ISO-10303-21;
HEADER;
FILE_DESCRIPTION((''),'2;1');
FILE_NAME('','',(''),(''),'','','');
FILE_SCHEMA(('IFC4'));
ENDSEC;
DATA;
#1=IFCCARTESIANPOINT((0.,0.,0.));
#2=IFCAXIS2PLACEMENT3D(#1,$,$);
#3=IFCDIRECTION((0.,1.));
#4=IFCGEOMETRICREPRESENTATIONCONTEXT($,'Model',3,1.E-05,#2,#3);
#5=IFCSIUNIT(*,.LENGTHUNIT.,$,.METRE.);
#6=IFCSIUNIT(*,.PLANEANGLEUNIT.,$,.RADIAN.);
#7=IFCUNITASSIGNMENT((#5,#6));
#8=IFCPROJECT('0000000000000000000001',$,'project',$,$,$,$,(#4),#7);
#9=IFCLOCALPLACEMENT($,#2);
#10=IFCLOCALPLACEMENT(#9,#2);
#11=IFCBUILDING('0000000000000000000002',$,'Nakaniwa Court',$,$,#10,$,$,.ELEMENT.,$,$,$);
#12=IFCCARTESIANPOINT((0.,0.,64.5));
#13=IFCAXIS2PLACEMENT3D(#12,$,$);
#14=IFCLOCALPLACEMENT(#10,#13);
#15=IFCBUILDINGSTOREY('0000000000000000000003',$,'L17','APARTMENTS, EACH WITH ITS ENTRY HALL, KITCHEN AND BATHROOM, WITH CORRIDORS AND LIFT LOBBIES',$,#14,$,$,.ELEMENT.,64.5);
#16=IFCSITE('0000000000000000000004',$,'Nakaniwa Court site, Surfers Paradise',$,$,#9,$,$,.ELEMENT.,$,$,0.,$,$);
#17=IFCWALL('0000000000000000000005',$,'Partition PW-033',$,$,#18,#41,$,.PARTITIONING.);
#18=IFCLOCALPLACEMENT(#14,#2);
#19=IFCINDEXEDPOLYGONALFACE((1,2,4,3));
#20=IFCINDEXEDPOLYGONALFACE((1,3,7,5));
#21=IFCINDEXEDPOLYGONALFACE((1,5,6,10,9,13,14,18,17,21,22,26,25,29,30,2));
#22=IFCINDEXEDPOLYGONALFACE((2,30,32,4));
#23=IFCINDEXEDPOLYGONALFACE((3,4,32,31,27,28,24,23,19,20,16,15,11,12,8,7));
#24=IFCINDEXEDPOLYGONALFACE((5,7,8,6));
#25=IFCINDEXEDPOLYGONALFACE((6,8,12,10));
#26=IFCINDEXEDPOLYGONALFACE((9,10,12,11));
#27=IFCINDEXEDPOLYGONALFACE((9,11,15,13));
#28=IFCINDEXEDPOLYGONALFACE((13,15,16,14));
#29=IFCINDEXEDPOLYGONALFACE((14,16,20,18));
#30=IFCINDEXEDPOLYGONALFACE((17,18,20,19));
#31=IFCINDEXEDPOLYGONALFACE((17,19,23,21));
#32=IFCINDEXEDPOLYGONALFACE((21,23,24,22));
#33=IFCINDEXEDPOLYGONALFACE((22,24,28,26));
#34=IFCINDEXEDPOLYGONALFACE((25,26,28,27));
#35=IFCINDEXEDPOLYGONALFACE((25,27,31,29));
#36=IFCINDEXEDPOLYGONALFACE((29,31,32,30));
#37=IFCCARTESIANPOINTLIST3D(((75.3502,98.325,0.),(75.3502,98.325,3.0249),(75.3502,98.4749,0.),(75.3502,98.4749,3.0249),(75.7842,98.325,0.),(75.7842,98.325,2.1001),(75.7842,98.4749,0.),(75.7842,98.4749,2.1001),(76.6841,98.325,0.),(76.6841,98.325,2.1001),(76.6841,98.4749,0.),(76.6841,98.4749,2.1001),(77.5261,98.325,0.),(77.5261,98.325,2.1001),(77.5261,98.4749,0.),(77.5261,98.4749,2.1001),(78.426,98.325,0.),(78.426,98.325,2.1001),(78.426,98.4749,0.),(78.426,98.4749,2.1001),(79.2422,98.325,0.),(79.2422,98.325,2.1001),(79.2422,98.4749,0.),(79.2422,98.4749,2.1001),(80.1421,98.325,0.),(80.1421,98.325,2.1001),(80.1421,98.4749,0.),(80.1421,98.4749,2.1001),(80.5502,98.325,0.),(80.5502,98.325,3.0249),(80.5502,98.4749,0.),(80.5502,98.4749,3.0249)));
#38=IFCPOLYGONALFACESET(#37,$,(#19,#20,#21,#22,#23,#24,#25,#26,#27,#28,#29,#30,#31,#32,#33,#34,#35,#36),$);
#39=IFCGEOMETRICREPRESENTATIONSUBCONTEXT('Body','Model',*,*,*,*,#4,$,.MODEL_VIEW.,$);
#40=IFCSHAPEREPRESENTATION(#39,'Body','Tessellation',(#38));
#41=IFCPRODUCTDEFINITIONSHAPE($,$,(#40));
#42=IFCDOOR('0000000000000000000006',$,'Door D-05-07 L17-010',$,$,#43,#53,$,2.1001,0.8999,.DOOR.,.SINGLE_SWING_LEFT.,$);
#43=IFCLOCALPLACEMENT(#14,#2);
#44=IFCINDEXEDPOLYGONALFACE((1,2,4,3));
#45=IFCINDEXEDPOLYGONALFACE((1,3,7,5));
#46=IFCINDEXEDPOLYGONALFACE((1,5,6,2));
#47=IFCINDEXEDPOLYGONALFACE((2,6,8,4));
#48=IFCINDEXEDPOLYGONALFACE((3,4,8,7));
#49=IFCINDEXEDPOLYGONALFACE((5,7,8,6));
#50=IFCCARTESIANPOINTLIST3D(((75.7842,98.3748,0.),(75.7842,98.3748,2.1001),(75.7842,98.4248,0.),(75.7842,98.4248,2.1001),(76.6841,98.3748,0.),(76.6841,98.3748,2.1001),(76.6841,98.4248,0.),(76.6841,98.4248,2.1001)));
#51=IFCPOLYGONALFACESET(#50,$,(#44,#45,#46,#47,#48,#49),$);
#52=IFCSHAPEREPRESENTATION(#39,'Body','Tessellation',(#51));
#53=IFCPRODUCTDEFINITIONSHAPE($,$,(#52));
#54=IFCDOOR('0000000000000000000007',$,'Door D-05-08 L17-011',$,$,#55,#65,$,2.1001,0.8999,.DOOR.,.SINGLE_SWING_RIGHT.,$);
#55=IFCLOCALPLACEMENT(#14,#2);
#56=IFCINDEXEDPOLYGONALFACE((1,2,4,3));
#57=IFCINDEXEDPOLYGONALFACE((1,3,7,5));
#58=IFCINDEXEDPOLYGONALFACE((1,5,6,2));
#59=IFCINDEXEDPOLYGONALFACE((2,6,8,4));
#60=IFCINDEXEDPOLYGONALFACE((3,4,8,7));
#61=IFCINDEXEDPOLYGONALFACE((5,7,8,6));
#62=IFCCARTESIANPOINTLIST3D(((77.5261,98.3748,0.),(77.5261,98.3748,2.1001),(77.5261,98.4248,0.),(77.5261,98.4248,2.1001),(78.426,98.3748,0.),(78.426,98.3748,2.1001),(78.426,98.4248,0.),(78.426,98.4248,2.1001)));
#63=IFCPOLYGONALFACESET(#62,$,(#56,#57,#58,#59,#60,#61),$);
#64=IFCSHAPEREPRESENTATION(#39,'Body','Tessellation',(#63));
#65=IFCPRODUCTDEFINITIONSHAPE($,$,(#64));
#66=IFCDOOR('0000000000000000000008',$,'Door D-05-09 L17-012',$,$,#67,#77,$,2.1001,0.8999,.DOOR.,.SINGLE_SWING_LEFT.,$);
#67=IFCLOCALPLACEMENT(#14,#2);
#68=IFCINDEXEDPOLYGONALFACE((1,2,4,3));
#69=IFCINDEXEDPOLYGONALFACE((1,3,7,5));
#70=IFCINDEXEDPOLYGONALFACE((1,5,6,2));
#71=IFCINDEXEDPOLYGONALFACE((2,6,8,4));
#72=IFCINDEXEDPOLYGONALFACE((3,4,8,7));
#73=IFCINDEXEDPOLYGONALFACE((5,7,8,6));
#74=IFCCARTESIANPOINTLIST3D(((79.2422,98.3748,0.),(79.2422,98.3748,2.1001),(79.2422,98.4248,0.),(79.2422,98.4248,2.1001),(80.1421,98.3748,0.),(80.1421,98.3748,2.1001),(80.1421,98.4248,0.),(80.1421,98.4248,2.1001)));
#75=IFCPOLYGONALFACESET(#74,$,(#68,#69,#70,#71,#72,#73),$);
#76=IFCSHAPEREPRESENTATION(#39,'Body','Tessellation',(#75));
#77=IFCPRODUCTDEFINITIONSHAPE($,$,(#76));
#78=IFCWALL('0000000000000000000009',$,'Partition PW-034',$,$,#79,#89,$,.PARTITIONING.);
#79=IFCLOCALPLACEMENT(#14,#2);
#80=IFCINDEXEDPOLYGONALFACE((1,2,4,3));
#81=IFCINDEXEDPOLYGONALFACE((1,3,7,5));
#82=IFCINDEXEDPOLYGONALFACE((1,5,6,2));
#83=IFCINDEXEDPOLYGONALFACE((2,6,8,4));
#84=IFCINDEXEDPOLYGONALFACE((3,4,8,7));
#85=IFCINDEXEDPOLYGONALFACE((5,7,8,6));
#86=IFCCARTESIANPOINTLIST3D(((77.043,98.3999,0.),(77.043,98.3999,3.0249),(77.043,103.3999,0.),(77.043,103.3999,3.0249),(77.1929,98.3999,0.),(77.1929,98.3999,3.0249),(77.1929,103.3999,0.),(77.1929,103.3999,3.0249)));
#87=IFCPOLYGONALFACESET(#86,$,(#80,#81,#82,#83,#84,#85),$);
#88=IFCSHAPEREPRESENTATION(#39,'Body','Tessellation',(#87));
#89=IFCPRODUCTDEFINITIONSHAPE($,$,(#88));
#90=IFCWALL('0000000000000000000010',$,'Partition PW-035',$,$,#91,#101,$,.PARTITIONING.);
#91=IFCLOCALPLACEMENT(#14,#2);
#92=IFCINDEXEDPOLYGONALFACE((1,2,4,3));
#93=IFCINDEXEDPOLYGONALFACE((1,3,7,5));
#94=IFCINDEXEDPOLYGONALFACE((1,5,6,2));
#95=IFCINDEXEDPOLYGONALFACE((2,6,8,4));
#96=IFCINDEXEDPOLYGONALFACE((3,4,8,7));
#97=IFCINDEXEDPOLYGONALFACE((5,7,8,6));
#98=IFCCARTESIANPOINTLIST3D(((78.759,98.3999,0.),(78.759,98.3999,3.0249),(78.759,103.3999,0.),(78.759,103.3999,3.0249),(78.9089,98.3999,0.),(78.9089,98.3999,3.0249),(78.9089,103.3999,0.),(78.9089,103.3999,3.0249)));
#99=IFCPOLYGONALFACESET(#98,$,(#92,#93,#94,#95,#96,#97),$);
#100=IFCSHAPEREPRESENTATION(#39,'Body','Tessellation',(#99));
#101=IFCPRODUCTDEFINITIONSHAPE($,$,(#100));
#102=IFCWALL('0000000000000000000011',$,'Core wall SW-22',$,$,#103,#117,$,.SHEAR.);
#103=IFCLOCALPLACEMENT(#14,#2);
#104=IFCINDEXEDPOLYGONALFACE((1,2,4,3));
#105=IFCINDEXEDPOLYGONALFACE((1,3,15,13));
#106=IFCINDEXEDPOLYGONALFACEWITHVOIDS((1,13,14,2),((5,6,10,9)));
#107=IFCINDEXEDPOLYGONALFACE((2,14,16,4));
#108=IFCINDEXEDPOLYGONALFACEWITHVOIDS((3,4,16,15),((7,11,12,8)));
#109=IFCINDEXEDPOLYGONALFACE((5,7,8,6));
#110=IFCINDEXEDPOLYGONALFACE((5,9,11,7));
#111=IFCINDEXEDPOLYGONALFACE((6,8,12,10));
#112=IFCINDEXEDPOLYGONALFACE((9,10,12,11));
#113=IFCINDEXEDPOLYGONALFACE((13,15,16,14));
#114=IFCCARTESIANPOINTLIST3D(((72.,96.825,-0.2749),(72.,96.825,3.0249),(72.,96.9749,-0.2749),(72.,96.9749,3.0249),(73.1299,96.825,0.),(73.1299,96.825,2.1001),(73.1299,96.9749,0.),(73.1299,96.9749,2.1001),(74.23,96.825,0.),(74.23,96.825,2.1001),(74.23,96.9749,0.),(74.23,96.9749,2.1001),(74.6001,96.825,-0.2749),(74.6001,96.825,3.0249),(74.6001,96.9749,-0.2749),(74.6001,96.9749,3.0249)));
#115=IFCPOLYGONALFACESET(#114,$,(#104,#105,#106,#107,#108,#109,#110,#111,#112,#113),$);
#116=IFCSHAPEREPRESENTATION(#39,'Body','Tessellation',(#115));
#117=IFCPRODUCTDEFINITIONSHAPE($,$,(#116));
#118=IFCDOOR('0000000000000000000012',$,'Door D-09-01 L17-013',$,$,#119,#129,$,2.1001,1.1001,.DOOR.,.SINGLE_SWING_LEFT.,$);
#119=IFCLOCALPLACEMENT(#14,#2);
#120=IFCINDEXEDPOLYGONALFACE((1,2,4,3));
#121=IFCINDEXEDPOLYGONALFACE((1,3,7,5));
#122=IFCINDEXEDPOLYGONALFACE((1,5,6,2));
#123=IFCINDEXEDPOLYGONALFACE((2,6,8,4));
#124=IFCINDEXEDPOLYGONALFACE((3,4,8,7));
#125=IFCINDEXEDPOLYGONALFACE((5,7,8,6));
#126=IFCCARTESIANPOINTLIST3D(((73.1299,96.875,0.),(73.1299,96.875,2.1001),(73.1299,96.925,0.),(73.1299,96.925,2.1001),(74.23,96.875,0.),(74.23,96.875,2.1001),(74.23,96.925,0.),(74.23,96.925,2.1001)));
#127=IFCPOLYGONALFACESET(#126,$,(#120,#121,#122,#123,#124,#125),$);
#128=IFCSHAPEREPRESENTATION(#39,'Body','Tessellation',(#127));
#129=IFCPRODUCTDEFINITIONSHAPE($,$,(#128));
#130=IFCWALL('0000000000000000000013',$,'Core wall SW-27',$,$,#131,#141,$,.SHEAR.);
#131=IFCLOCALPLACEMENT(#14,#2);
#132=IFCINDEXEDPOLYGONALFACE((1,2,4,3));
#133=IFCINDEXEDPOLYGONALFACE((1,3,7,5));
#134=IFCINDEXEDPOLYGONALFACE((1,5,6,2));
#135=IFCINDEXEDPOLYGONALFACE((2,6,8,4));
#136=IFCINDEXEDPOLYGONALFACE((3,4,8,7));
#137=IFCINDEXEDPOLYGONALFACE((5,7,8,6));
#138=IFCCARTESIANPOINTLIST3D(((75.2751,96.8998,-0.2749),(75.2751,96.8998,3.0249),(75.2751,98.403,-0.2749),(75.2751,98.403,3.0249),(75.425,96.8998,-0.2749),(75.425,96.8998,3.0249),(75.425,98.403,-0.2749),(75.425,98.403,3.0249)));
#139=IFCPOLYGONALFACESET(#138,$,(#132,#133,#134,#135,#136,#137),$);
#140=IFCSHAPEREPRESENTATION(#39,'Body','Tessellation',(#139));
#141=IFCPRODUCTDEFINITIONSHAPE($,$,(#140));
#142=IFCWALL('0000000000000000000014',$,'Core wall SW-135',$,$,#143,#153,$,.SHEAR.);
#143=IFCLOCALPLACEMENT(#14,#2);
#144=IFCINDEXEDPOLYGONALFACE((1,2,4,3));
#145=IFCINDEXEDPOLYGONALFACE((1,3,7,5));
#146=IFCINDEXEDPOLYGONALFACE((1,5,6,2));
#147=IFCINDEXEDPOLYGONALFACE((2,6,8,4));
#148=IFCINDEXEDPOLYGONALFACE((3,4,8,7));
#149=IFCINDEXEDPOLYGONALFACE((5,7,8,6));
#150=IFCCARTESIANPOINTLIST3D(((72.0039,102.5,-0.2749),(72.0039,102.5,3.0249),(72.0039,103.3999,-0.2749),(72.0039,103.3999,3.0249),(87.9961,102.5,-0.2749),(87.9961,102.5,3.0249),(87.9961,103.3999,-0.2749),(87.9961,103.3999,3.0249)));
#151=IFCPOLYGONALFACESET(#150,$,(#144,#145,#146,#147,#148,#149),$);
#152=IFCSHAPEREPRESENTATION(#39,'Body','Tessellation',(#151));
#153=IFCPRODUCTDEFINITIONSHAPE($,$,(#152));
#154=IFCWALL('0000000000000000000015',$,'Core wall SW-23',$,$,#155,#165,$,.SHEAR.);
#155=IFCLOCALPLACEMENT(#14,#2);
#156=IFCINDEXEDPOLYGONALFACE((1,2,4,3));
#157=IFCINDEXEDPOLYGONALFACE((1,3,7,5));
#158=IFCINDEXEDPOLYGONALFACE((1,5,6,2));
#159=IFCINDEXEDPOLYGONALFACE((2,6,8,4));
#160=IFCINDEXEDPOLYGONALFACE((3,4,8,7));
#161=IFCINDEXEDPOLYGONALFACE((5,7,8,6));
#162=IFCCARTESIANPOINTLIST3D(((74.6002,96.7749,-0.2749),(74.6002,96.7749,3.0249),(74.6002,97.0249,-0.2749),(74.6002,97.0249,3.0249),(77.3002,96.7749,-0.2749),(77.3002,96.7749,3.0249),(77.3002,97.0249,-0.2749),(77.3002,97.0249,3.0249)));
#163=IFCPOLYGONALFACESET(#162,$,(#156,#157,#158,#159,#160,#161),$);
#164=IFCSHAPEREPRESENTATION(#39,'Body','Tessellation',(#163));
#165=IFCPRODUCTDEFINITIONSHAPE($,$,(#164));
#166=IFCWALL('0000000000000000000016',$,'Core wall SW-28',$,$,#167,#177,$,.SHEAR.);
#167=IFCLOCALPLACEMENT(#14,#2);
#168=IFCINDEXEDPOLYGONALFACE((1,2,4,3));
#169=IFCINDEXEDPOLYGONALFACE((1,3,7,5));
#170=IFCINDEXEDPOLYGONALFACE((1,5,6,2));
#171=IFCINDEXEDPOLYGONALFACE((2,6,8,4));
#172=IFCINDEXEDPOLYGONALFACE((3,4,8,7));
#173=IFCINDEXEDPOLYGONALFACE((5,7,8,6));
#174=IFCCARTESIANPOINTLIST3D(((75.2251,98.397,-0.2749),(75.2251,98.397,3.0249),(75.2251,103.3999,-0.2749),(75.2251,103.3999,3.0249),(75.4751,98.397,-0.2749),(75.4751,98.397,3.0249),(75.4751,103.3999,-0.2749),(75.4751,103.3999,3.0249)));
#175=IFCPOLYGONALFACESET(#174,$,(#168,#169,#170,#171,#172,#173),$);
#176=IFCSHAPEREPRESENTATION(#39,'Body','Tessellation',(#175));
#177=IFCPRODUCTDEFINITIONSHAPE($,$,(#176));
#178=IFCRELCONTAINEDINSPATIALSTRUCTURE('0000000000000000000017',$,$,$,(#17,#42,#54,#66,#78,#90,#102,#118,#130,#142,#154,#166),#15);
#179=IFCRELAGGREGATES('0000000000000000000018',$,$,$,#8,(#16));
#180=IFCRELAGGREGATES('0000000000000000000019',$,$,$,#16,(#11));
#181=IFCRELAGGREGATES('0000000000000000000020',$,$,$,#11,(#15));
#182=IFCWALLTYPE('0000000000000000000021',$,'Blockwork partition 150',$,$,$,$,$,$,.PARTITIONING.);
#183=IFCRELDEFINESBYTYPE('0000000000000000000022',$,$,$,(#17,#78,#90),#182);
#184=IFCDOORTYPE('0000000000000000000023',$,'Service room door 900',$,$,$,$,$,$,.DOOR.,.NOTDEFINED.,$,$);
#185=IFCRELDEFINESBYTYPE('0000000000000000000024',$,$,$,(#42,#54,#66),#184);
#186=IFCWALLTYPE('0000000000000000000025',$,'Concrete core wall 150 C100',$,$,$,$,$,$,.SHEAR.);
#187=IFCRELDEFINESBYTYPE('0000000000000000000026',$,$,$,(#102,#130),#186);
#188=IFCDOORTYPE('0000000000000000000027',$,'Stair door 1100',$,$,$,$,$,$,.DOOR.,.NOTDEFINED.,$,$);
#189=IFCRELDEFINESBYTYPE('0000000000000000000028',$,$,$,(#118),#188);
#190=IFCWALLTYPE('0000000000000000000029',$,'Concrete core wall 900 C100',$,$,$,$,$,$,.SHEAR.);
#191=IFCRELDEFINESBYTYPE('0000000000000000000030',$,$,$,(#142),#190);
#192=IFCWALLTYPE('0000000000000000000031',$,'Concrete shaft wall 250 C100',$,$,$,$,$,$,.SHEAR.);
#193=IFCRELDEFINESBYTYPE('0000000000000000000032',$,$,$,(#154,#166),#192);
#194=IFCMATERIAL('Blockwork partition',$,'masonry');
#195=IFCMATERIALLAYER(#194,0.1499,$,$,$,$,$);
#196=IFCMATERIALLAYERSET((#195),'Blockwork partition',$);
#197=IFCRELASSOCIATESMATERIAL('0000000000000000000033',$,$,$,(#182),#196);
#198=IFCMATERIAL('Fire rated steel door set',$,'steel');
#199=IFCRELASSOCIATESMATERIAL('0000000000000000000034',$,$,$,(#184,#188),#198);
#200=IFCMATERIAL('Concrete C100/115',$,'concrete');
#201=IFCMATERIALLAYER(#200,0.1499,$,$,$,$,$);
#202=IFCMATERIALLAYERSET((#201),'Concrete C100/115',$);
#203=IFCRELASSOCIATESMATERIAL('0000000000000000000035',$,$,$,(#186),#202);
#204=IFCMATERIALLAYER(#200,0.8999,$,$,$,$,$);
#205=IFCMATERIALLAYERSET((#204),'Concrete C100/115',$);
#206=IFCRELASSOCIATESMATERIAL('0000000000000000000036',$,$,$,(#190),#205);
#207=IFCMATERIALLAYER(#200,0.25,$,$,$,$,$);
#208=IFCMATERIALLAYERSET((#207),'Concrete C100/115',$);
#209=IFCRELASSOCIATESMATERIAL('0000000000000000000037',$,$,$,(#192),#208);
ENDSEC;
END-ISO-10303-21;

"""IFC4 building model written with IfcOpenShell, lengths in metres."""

from ifc_helpers import new_model, si_unit, direction, frame, frame_2d, origin, place, context, subcontext, project, spatial, rectangle, extrude, material, layer, layer_set, type_object, element, fill, save


model = new_model("IFC4")

# Units and contexts
model_context = context("Model", 3, precision=1e-05, world=origin(), true_north=direction((0.0, 1.0)))
body_context = subcontext(model_context, "Body", "Model", "MODEL_VIEW")
ifc_project = project(units=[si_unit("LENGTHUNIT", "METRE"), si_unit("PLANEANGLEUNIT", "RADIAN")], contexts=[model_context])

# Site, building, storey
site_placement = place(None, origin())
site = spatial("IfcSite", under=ifc_project, at=site_placement, Name="Nakaniwa Court site, Surfers Paradise", CompositionType="ELEMENT", RefElevation=0.0)
building_placement = place(site_placement, origin())
building = spatial("IfcBuilding", under=site, at=building_placement, Name="Nakaniwa Court", CompositionType="ELEMENT")
storey_placement = place(building_placement, frame((0.0, 0.0, 64.5)))
storey = spatial("IfcBuildingStorey", under=building, at=storey_placement, Name="L17", Description="APARTMENTS, EACH WITH ITS ENTRY HALL, KITCHEN AND BATHROOM, WITH CORRIDORS AND LIFT LOBBIES", CompositionType="ELEMENT", Elevation=64.5)

# Shared definitions
ifc_material_1 = material(Name="Concrete C100/115", Category="concrete")

# Shared definitions
ifc_material_2 = material(Name="Blockwork partition", Category="masonry")
ifc_layer_1 = layer(ifc_material_2, 0.1499)
ifc_layer_set_1 = layer_set([ifc_layer_1], Name="Blockwork partition")
wall_type_1 = type_object("IfcWallType", Name="Blockwork partition 150", PredefinedType="PARTITIONING", material=ifc_layer_set_1)
ifc_material_3 = material(Name="Fire rated steel door set", Category="steel")

# Wall, openings, doors
wall_1_placement = place(storey_placement, frame((75.3501, 98.3999, 0.0), z_axis=(0.0, 0.0, 1.0), x_axis=(1.0, 0.0, 0.0)))
wall_1 = element("IfcWall", 1, at=wall_1_placement, inside=storey, type_object=wall_type_1, Name="Partition PW-033", PredefinedType="PARTITIONING", context=body_context, shape_type="SweptSolid", body=[
    extrude(rectangle(XDim=5.2, YDim=0.1499, at=frame_2d((2.6001, 0.0))), origin(), (0.0, 0.0, 1.0), 3.0249),
])
opening_1_placement = place(wall_1_placement, frame((0.4341, 0.0, 0.0)))
opening_1 = element("IfcOpeningElement", 2, at=opening_1_placement, cuts=wall_1, PredefinedType="OPENING", context=body_context, shape_type="SweptSolid", body=[
    extrude(rectangle(XDim=0.8999, YDim=2.1001, at=frame_2d((0.45, 1.05))), frame((0.0, 0.085, 0.0), z_axis=(0.0, -1.0, 0.0), x_axis=(1.0, 0.0, 0.0)), (0.0, 0.0, 1.0), 0.1699),
])
opening_2_placement = place(wall_1_placement, frame((2.176, 0.0, 0.0)))
opening_2 = element("IfcOpeningElement", 3, at=opening_2_placement, cuts=wall_1, PredefinedType="OPENING", context=body_context, shape_type="SweptSolid", body=[
    extrude(rectangle(XDim=0.8999, YDim=2.1001, at=frame_2d((0.45, 1.05))), frame((0.0, 0.085, 0.0), z_axis=(0.0, -1.0, 0.0), x_axis=(1.0, 0.0, 0.0)), (0.0, 0.0, 1.0), 0.1699),
])
opening_3_placement = place(wall_1_placement, frame((3.8921, 0.0, 0.0)))
opening_3 = element("IfcOpeningElement", 4, at=opening_3_placement, cuts=wall_1, PredefinedType="OPENING", context=body_context, shape_type="SweptSolid", body=[
    extrude(rectangle(XDim=0.8999, YDim=2.1001, at=frame_2d((0.45, 1.05))), frame((0.0, 0.085, 0.0), z_axis=(0.0, -1.0, 0.0), x_axis=(1.0, 0.0, 0.0)), (0.0, 0.0, 1.0), 0.1699),
])
door_type_1 = type_object("IfcDoorType", Name="Service room door 900", OperationType="NOTDEFINED", PredefinedType="DOOR", material=ifc_material_3)
door_1_placement = place(opening_1_placement, origin())
door_1 = element("IfcDoor", 5, at=door_1_placement, inside=storey, type_object=door_type_1, Name="Door D-05-07 L17-010", OperationType="SINGLE_SWING_LEFT", OverallHeight=2.1001, OverallWidth=0.8999, PredefinedType="DOOR", context=body_context, shape_type="SweptSolid", body=[
    extrude(rectangle(XDim=0.8999, YDim=2.1001, at=frame_2d((0.45, 1.05))), frame((0.0, 0.0249, 0.0), z_axis=(0.0, -1.0, 0.0), x_axis=(1.0, 0.0, 0.0)), (0.0, 0.0, 1.0), 0.05),
])
fill(opening_1, door_1)
door_2_placement = place(opening_2_placement, origin())
door_2 = element("IfcDoor", 6, at=door_2_placement, inside=storey, type_object=door_type_1, Name="Door D-05-08 L17-011", OperationType="SINGLE_SWING_RIGHT", OverallHeight=2.1001, OverallWidth=0.8999, PredefinedType="DOOR", context=body_context, shape_type="SweptSolid", body=[
    extrude(rectangle(XDim=0.8999, YDim=2.1001, at=frame_2d((0.45, 1.05))), frame((0.0, 0.0249, 0.0), z_axis=(0.0, -1.0, 0.0), x_axis=(1.0, 0.0, 0.0)), (0.0, 0.0, 1.0), 0.05),
])
fill(opening_2, door_2)
door_3_placement = place(opening_3_placement, origin())
door_3 = element("IfcDoor", 7, at=door_3_placement, inside=storey, type_object=door_type_1, Name="Door D-05-09 L17-012", OperationType="SINGLE_SWING_LEFT", OverallHeight=2.1001, OverallWidth=0.8999, PredefinedType="DOOR", context=body_context, shape_type="SweptSolid", body=[
    extrude(rectangle(XDim=0.8999, YDim=2.1001, at=frame_2d((0.45, 1.05))), frame((0.0, 0.0249, 0.0), z_axis=(0.0, -1.0, 0.0), x_axis=(1.0, 0.0, 0.0)), (0.0, 0.0, 1.0), 0.05),
])
fill(opening_3, door_3)

# Walls
for number, where, z_axis, x_axis, name in (
    (8, (77.1179, 98.3999, 0.0), (0.0, 0.0, 1.0), (0.0, 1.0, 0.0), "Partition PW-034"),
    (9, (78.834, 98.3999, 0.0), (0.0, 0.0, 1.0), (0.0, 1.0, 0.0), "Partition PW-035"),
):
    element("IfcWall", number, at=place(storey_placement, frame(where, z_axis=z_axis, x_axis=x_axis)), inside=storey, type_object=wall_type_1, Name=name, PredefinedType="PARTITIONING", context=body_context, shape_type="SweptSolid", body=[
        extrude(rectangle(XDim=5.0, YDim=0.1499, at=frame_2d((2.5, 0.0))), origin(), (0.0, 0.0, 1.0), 3.0249),
    ])

# Wall, opening, door
ifc_layer_2 = layer(ifc_material_1, 0.1499)
ifc_layer_set_2 = layer_set([ifc_layer_2], Name="Concrete C100/115")
wall_type_2 = type_object("IfcWallType", Name="Concrete core wall 150 C100", PredefinedType="SHEAR", material=ifc_layer_set_2)
wall_2_placement = place(storey_placement, frame((74.6001, 96.8999, -0.2749), z_axis=(0.0, 0.0, 1.0), x_axis=(-1.0, 0.0, 0.0)))
wall_2 = element("IfcWall", 10, at=wall_2_placement, inside=storey, type_object=wall_type_2, Name="Core wall SW-22", PredefinedType="SHEAR", context=body_context, shape_type="SweptSolid", body=[
    extrude(rectangle(XDim=2.6001, YDim=0.1499, at=frame_2d((1.3, 0.0))), origin(), (0.0, 0.0, 1.0), 3.2998),
])
opening_4_placement = place(wall_2_placement, frame((0.3701, 0.0, 0.2749)))
opening_4 = element("IfcOpeningElement", 11, at=opening_4_placement, cuts=wall_2, PredefinedType="OPENING", context=body_context, shape_type="SweptSolid", body=[
    extrude(rectangle(XDim=1.1001, YDim=2.1001, at=frame_2d((0.55, 1.05))), frame((0.0, 0.085, 0.0), z_axis=(0.0, -1.0, 0.0), x_axis=(1.0, 0.0, 0.0)), (0.0, 0.0, 1.0), 0.1699),
])
door_type_2 = type_object("IfcDoorType", Name="Stair door 1100", OperationType="NOTDEFINED", PredefinedType="DOOR", material=ifc_material_3)
door_4_placement = place(opening_4_placement, origin())
door_4 = element("IfcDoor", 12, at=door_4_placement, inside=storey, type_object=door_type_2, Name="Door D-09-01 L17-013", OperationType="SINGLE_SWING_LEFT", OverallHeight=2.1001, OverallWidth=1.1001, PredefinedType="DOOR", context=body_context, shape_type="SweptSolid", body=[
    extrude(rectangle(XDim=1.1001, YDim=2.1001, at=frame_2d((0.55, 1.05))), frame((0.0, 0.0249, 0.0), z_axis=(0.0, -1.0, 0.0), x_axis=(1.0, 0.0, 0.0)), (0.0, 0.0, 1.0), 0.05),
])
fill(opening_4, door_4)

# Walls
wall_3_placement = place(storey_placement, frame((75.3501, 96.8999, -0.2749), z_axis=(0.0, 0.0, 1.0), x_axis=(0.0, 1.0, 0.0)))
element("IfcWall", 13, at=wall_3_placement, inside=storey, type_object=wall_type_2, Name="Core wall SW-27", PredefinedType="SHEAR", context=body_context, shape_type="SweptSolid", body=[
    extrude(rectangle(XDim=1.5032, YDim=0.1499, at=frame_2d((0.7515, 0.0))), origin(), (0.0, 0.0, 1.0), 3.2998),
])
ifc_layer_3 = layer(ifc_material_1, 0.8999)
ifc_layer_set_3 = layer_set([ifc_layer_3], Name="Concrete C100/115")
wall_type_3 = type_object("IfcWallType", Name="Concrete core wall 900 C100", PredefinedType="SHEAR", material=ifc_layer_set_3)
wall_4_placement = place(storey_placement, frame((72.0039, 102.95, -0.2749), z_axis=(0.0, 0.0, 1.0), x_axis=(1.0, 0.0, 0.0)))
element("IfcWall", 14, at=wall_4_placement, inside=storey, type_object=wall_type_3, Name="Core wall SW-135", PredefinedType="SHEAR", context=body_context, shape_type="SweptSolid", body=[
    extrude(rectangle(XDim=15.9922, YDim=0.8999, at=frame_2d((7.9961, 0.0))), origin(), (0.0, 0.0, 1.0), 3.2998),
])
ifc_layer_4 = layer(ifc_material_1, 0.25)
ifc_layer_set_4 = layer_set([ifc_layer_4], Name="Concrete C100/115")
wall_type_4 = type_object("IfcWallType", Name="Concrete shaft wall 250 C100", PredefinedType="SHEAR", material=ifc_layer_set_4)
wall_5_placement = place(storey_placement, frame((74.6001, 96.8999, -0.2749), z_axis=(0.0, 0.0, 1.0), x_axis=(1.0, 0.0, 0.0)))
element("IfcWall", 15, at=wall_5_placement, inside=storey, type_object=wall_type_4, Name="Core wall SW-23", PredefinedType="SHEAR", context=body_context, shape_type="SweptSolid", body=[
    extrude(rectangle(XDim=2.7, YDim=0.25, at=frame_2d((1.3501, 0.0))), origin(), (0.0, 0.0, 1.0), 3.2998),
])
wall_6_placement = place(storey_placement, frame((75.3501, 98.397, -0.2749), z_axis=(0.0, 0.0, 1.0), x_axis=(0.0, 1.0, 0.0)))
element("IfcWall", 16, at=wall_6_placement, inside=storey, type_object=wall_type_4, Name="Core wall SW-28", PredefinedType="SHEAR", context=body_context, shape_type="SweptSolid", body=[
    extrude(rectangle(XDim=5.0029, YDim=0.25, at=frame_2d((2.5015, 0.0))), origin(), (0.0, 0.0, 1.0), 3.2998),
])

save(model, "model.ifc")
